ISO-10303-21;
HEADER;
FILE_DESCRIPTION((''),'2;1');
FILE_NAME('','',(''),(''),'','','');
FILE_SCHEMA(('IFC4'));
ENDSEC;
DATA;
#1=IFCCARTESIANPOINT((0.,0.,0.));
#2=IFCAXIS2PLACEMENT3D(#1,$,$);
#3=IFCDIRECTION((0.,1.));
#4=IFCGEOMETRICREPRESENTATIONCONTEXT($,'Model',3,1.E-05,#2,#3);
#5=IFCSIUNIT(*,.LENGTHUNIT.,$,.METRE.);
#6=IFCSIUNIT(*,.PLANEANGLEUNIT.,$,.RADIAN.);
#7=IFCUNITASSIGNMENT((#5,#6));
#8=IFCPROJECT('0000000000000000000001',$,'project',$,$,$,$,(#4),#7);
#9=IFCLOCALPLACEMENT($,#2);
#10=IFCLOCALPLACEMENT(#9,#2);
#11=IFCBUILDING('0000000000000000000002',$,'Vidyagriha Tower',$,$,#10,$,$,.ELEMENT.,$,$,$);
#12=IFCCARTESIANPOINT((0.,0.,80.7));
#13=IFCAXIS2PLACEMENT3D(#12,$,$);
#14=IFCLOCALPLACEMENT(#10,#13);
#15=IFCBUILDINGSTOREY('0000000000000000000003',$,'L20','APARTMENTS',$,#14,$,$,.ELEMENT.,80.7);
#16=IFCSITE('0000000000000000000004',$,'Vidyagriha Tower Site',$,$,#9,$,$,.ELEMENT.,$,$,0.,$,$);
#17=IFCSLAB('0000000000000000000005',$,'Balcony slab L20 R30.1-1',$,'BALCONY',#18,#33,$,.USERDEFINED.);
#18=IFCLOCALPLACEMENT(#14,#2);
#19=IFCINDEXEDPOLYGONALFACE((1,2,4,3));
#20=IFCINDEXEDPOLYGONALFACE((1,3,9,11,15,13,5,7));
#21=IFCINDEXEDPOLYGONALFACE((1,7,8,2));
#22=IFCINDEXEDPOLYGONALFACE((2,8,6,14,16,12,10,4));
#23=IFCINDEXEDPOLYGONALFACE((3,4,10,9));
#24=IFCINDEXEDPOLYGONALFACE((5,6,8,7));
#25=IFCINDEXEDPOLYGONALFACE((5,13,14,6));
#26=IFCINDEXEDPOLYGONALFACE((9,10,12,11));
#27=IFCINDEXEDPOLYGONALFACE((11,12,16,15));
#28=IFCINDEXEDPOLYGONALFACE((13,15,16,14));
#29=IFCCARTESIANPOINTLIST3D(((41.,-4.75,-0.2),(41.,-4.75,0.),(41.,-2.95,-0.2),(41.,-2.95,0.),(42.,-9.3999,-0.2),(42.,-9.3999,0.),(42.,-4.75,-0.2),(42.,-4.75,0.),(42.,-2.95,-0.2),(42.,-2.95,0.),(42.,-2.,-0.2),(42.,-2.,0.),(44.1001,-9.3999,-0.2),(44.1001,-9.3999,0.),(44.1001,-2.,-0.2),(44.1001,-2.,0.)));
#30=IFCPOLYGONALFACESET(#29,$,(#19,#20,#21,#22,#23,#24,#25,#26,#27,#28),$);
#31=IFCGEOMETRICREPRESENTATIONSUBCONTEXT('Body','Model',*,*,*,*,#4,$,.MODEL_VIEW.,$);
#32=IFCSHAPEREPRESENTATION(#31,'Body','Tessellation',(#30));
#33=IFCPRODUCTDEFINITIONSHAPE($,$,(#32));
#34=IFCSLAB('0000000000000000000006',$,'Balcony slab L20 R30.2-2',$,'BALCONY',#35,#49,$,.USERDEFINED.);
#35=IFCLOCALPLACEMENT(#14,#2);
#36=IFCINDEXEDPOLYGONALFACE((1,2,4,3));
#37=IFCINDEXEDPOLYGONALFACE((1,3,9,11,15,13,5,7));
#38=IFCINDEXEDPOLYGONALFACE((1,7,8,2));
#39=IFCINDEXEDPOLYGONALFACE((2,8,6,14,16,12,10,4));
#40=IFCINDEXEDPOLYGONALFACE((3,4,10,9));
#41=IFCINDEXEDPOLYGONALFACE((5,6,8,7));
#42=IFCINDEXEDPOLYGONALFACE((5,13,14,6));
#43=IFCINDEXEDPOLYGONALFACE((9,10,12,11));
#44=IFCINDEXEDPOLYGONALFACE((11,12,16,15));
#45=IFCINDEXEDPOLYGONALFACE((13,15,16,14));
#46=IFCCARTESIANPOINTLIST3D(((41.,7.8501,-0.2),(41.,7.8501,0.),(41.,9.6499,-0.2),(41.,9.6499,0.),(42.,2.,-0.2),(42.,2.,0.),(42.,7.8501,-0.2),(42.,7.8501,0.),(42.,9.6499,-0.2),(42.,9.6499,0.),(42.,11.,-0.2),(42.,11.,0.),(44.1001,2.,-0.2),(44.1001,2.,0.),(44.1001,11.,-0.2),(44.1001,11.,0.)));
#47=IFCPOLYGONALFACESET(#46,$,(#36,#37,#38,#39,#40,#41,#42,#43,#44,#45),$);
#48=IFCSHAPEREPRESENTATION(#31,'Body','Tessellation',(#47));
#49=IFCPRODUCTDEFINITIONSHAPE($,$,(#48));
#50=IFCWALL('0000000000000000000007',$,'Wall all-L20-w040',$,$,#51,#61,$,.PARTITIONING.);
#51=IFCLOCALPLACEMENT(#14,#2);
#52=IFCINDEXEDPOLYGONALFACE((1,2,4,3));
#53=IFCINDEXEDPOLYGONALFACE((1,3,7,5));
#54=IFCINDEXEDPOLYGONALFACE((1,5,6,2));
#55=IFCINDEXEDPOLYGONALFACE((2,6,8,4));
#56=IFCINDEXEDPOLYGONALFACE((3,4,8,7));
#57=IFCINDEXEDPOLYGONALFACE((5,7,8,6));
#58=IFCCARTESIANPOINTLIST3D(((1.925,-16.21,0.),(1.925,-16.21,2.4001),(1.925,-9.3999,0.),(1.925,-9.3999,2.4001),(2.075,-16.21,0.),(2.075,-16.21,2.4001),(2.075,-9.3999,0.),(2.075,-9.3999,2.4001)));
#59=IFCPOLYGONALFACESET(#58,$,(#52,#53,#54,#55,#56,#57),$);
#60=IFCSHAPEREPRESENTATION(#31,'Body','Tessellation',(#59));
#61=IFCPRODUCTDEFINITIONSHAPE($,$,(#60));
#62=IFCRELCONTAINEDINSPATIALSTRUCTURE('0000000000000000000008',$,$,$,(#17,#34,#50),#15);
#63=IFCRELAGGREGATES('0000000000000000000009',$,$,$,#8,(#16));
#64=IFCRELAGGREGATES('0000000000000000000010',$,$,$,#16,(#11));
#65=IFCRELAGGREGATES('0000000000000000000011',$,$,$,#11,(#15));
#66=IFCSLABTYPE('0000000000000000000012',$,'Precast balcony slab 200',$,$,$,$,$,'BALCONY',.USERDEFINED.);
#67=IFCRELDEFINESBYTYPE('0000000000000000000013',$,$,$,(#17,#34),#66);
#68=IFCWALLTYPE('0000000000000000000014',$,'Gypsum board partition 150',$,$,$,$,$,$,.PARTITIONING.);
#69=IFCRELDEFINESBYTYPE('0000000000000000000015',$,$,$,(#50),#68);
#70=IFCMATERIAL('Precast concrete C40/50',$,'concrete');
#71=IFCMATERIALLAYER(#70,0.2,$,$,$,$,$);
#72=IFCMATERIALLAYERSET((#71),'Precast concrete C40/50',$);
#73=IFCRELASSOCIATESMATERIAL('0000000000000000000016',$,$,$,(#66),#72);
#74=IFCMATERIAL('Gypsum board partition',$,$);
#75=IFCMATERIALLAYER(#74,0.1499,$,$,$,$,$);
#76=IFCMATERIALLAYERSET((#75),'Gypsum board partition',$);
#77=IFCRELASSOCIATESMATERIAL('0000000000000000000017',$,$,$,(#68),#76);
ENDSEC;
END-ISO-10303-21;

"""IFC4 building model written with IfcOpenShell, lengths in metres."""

from ifc_helpers import new_model, si_unit, direction, frame, frame_2d, origin, place, context, subcontext, project, spatial, polyline, rectangle, outline, extrude, material, layer, layer_set, type_object, element, save


model = new_model("IFC4")

# Units and contexts
model_context = context("Model", 3, precision=1e-05, world=origin(), true_north=direction((0.0, 1.0)))
body_context = subcontext(model_context, "Body", "Model", "MODEL_VIEW")
ifc_project = project(units=[si_unit("LENGTHUNIT", "METRE"), si_unit("PLANEANGLEUNIT", "RADIAN")], contexts=[model_context])

# Site, building, storey
site_placement = place(None, origin())
site = spatial("IfcSite", under=ifc_project, at=site_placement, Name="Vidyagriha Tower Site", CompositionType="ELEMENT", RefElevation=0.0)
building_placement = place(site_placement, origin())
building = spatial("IfcBuilding", under=site, at=building_placement, Name="Vidyagriha Tower", CompositionType="ELEMENT")
storey_placement = place(building_placement, frame((0.0, 0.0, 80.7)))
storey = spatial("IfcBuildingStorey", under=building, at=storey_placement, Name="L20", Description="APARTMENTS", CompositionType="ELEMENT", Elevation=80.7)

# Slabs
ifc_material_1 = material(Name="Precast concrete C40/50", Category="concrete")
ifc_layer_1 = layer(ifc_material_1, 0.2)
ifc_layer_set_1 = layer_set([ifc_layer_1], Name="Precast concrete C40/50")
slab_type_1 = type_object("IfcSlabType", Name="Precast balcony slab 200", ElementType="BALCONY", PredefinedType="USERDEFINED", material=ifc_layer_set_1)
slab_1_placement = place(storey_placement, frame((0.0, 0.0, -0.2)))
element("IfcSlab", 1, at=slab_1_placement, inside=storey, type_object=slab_type_1, Name="Balcony slab L20 R30.1-1", ObjectType="BALCONY", PredefinedType="USERDEFINED", context=body_context, shape_type="SweptSolid", body=[
    extrude(outline(polyline([(42.0, -4.75), (42.0, -9.3999), (44.1001, -9.3999), (44.1001, -2.0), (42.0, -2.0), (42.0, -2.95), (41.0, -2.95), (41.0, -4.75), (42.0, -4.75)])), origin(), (0.0, 0.0, 1.0), 0.2),
])
slab_2_placement = place(storey_placement, frame((0.0, 0.0, -0.2)))
element("IfcSlab", 2, at=slab_2_placement, inside=storey, type_object=slab_type_1, Name="Balcony slab L20 R30.2-2", ObjectType="BALCONY", PredefinedType="USERDEFINED", context=body_context, shape_type="SweptSolid", body=[
    extrude(outline(polyline([(42.0, 7.8501), (42.0, 2.0), (44.1001, 2.0), (44.1001, 11.0), (42.0, 11.0), (42.0, 9.6499), (41.0, 9.6499), (41.0, 7.8501), (42.0, 7.8501)])), origin(), (0.0, 0.0, 1.0), 0.2),
])

# Wall
ifc_material_2 = material(Name="Gypsum board partition")
ifc_layer_2 = layer(ifc_material_2, 0.1499)
ifc_layer_set_2 = layer_set([ifc_layer_2], Name="Gypsum board partition")
wall_type = type_object("IfcWallType", Name="Gypsum board partition 150", PredefinedType="PARTITIONING", material=ifc_layer_set_2)
wall_placement = place(storey_placement, frame((2.0, -9.3999, 0.0), z_axis=(0.0, 0.0, 1.0), x_axis=(0.0, -1.0, 0.0)))
element("IfcWall", 3, at=wall_placement, inside=storey, type_object=wall_type, Name="Wall all-L20-w040", PredefinedType="PARTITIONING", context=body_context, shape_type="SweptSolid", body=[
    extrude(rectangle(XDim=6.8101, YDim=0.1499, at=frame_2d((3.405, 0.0))), origin(), (0.0, 0.0, 1.0), 2.4001),
])

save(model, "model.ifc")
